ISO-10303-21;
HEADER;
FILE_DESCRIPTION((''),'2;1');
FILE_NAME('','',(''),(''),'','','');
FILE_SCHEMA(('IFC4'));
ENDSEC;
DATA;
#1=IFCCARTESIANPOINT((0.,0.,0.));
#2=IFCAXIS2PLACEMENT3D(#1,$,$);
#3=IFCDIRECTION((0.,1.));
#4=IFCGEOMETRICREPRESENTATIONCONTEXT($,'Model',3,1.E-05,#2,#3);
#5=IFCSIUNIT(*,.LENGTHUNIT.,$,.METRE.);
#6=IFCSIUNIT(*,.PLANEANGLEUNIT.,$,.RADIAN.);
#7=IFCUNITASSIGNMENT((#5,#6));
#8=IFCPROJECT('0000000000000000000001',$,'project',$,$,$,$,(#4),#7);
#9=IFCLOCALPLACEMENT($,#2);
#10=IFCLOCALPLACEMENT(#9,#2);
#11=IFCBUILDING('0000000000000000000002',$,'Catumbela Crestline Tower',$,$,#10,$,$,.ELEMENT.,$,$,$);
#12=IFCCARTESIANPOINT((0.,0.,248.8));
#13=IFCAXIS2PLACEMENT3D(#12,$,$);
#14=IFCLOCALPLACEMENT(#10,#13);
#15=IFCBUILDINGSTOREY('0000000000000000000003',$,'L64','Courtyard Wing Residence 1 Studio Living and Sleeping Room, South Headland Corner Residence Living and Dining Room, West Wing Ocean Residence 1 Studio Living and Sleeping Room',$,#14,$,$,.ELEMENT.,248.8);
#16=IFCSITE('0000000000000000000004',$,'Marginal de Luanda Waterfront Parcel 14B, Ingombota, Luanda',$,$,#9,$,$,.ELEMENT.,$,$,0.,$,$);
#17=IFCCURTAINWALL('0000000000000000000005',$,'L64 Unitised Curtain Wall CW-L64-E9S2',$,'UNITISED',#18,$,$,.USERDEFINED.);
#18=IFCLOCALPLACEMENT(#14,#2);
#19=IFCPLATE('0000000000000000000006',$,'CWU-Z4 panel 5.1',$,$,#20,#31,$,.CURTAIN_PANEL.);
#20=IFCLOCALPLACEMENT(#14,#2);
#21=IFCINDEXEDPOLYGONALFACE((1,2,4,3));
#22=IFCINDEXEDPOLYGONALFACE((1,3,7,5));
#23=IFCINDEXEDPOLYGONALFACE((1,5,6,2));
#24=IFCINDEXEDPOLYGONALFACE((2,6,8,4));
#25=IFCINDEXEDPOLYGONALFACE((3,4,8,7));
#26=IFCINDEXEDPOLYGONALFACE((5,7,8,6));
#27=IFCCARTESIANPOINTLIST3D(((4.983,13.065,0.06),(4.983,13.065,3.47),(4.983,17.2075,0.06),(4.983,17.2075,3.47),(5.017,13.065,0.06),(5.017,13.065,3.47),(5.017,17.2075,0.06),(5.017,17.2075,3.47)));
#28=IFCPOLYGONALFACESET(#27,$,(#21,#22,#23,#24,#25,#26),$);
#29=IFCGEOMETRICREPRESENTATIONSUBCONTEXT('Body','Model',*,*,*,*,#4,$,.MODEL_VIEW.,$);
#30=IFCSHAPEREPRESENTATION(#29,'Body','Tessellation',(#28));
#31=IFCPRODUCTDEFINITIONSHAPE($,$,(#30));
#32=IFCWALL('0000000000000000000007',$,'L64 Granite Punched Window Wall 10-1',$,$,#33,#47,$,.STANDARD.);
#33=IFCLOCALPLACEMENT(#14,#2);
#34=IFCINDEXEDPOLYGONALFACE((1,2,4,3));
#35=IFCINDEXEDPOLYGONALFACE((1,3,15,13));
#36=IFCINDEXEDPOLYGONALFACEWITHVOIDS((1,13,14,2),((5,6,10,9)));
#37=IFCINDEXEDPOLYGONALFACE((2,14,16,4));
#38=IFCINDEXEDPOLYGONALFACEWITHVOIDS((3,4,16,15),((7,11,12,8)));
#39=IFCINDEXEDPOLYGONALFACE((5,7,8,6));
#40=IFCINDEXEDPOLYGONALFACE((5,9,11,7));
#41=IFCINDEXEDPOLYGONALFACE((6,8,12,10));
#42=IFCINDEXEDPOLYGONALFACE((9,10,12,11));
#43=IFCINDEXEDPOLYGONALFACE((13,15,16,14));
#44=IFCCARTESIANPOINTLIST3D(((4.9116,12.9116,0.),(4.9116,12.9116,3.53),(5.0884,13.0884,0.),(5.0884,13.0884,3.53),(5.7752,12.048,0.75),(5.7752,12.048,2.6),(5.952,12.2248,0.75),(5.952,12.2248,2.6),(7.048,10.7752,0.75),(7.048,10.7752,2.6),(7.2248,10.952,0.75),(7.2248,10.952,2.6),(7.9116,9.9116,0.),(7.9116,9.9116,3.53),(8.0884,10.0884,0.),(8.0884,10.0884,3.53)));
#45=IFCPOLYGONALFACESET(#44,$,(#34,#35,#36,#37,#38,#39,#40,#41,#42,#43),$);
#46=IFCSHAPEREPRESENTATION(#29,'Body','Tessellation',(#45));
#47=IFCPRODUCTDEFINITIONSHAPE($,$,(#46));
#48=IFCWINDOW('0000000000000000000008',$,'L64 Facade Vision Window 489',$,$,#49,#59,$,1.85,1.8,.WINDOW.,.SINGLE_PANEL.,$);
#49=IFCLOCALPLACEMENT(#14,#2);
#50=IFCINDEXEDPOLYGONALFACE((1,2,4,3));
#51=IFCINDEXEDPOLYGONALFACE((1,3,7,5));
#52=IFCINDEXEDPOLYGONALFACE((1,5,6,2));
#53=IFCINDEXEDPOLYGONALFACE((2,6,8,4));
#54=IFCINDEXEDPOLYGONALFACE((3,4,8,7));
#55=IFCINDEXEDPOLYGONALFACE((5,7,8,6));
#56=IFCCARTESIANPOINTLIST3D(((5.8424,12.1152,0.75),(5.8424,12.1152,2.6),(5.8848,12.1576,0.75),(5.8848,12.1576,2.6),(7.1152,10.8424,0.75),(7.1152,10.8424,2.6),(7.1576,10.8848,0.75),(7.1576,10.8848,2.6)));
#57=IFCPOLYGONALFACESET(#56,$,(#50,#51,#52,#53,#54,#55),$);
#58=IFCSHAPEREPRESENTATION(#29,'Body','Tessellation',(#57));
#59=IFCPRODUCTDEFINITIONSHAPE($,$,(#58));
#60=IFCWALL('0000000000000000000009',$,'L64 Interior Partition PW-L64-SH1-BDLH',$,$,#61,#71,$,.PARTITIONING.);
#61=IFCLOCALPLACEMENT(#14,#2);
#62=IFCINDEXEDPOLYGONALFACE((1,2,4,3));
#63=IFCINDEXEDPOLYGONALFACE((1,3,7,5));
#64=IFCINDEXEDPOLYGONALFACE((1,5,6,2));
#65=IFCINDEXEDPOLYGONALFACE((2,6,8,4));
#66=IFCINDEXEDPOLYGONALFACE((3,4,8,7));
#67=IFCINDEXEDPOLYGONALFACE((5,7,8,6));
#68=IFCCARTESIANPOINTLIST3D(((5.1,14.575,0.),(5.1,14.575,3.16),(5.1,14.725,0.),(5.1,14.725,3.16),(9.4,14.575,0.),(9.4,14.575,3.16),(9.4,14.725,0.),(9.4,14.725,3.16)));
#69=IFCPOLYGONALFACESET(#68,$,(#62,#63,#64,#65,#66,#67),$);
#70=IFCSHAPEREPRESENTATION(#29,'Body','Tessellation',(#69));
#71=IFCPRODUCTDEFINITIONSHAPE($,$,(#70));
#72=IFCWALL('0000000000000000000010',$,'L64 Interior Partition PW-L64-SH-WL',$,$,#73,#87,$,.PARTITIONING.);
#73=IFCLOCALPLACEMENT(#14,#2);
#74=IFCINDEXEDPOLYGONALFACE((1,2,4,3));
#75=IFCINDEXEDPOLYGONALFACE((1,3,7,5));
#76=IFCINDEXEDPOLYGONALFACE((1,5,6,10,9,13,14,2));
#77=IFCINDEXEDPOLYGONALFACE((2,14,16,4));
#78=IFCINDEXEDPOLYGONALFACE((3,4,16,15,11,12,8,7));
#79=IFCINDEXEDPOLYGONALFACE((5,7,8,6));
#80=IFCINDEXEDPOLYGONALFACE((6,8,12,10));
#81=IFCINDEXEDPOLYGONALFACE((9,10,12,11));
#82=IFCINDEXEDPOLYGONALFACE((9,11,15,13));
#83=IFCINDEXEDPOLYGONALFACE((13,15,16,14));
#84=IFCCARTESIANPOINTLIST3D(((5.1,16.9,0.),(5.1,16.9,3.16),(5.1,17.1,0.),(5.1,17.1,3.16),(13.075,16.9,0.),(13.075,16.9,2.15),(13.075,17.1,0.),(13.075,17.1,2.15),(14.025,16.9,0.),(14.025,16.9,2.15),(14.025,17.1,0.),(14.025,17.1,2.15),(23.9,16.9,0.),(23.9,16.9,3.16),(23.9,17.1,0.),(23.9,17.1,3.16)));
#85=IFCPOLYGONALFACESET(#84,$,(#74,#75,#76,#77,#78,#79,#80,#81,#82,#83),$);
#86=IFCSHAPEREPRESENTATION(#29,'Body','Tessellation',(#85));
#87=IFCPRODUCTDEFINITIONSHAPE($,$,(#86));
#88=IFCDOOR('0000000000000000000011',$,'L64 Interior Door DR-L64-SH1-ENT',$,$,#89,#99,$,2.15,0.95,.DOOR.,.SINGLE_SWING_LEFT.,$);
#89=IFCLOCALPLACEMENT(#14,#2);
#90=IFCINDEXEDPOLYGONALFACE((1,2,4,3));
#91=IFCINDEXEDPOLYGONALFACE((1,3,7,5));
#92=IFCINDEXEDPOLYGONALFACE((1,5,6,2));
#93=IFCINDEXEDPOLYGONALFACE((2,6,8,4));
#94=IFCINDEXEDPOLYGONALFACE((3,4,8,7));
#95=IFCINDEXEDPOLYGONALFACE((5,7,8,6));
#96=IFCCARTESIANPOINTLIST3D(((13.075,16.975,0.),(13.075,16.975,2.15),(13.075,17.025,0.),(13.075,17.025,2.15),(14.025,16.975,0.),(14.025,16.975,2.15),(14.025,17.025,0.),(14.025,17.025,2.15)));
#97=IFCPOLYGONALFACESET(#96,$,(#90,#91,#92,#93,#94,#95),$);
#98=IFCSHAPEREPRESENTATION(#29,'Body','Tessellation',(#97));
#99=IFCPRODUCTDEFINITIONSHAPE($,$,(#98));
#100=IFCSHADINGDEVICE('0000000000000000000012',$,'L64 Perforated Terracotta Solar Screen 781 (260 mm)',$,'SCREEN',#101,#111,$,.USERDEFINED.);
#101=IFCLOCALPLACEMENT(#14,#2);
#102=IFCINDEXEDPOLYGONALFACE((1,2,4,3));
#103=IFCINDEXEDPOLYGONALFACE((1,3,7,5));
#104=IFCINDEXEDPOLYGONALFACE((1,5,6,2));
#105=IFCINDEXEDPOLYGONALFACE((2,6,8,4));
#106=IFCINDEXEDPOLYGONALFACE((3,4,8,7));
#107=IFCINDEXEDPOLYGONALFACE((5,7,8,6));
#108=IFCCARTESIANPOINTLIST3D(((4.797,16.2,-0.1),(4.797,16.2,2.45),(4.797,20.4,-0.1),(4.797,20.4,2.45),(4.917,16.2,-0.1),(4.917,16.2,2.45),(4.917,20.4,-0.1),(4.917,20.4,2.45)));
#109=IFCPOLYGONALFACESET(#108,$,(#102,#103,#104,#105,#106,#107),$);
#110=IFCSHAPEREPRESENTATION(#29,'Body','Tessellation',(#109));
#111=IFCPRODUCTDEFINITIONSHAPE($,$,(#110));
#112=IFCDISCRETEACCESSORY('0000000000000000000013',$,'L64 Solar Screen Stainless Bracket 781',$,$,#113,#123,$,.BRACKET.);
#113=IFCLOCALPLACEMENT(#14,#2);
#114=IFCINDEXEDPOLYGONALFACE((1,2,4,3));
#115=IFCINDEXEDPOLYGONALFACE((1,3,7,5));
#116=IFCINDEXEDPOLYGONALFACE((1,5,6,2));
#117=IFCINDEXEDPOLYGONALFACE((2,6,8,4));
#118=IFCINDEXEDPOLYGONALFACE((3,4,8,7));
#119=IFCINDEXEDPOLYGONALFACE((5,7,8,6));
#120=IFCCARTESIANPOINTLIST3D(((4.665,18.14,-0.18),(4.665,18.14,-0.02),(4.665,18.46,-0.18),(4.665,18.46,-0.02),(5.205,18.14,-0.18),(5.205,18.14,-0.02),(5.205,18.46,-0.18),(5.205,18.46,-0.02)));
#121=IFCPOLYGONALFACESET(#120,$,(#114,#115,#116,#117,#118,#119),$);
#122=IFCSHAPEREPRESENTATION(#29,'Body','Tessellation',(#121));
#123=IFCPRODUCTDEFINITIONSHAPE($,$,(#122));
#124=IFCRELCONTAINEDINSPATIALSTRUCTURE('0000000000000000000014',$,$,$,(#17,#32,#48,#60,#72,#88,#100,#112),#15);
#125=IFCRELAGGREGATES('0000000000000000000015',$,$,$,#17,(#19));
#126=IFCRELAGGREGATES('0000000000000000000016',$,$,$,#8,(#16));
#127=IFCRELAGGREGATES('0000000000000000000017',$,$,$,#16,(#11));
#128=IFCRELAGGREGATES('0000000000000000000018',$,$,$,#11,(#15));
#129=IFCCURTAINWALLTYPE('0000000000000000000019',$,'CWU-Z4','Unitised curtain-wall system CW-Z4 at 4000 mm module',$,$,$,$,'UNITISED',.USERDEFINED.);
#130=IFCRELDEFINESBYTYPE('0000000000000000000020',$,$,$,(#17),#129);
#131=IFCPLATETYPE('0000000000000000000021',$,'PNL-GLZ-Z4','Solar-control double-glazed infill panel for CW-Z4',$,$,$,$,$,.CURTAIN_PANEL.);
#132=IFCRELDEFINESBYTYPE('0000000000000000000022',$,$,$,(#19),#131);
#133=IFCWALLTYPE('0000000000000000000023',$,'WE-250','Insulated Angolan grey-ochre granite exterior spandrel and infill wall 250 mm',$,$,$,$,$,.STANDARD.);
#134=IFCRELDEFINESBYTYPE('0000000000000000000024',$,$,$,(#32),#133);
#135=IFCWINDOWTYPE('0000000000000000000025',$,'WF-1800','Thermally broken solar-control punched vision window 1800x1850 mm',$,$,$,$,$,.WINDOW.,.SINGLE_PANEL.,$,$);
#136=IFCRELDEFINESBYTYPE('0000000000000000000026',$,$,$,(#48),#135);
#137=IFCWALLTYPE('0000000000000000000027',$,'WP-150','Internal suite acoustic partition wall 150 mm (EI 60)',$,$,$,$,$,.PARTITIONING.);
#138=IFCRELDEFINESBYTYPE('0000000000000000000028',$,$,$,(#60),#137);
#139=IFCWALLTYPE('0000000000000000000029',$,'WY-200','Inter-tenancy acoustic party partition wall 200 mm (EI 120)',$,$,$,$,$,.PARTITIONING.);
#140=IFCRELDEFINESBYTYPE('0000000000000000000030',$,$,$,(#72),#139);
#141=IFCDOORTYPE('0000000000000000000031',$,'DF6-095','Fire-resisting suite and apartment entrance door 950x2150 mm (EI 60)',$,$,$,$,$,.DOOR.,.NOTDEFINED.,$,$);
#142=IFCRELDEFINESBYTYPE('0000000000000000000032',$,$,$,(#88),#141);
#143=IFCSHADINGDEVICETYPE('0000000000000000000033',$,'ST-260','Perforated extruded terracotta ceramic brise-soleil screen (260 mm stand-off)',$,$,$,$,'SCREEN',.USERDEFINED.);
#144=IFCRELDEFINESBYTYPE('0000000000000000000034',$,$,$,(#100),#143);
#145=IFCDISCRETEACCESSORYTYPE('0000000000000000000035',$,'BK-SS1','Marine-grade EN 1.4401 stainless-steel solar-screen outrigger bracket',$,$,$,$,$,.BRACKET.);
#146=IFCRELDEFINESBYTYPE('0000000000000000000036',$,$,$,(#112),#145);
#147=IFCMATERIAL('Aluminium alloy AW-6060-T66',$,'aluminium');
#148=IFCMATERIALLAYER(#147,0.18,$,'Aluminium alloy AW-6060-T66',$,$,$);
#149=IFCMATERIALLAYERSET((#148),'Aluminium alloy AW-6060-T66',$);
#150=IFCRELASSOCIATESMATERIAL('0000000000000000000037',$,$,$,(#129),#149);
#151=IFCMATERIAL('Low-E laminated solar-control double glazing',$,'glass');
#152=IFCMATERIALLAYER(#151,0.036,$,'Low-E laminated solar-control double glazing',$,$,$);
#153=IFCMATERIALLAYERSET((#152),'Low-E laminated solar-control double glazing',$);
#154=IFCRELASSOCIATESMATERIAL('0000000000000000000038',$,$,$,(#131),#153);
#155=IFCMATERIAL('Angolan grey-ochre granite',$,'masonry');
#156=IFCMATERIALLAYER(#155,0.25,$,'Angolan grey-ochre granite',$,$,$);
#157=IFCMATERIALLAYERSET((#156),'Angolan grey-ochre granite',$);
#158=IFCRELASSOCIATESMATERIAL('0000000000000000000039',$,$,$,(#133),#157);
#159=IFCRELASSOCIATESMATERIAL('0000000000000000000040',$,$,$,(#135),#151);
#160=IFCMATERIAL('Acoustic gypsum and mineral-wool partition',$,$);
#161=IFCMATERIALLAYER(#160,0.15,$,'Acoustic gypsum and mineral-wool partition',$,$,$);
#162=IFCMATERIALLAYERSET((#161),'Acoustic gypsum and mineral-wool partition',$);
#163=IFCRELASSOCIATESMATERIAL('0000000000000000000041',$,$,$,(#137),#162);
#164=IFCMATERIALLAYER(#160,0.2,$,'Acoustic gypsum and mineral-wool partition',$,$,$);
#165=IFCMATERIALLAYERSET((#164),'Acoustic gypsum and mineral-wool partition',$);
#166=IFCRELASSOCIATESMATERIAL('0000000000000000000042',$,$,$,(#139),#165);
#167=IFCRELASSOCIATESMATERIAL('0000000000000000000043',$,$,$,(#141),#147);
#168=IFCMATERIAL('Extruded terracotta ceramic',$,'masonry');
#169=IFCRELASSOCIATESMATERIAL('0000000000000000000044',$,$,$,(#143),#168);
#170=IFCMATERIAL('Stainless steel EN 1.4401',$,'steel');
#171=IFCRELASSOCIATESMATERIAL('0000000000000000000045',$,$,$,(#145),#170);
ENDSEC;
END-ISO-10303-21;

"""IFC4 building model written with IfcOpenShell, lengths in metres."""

from ifc_helpers import new_model, si_unit, direction, frame, frame_2d, origin, origin_2d, place, context, subcontext, project, spatial, rectangle, extrude, material, layer, layer_set, type_object, element, fill, aggregate, save


model = new_model("IFC4")

# Units and contexts
model_context = context("Model", 3, precision=1e-05, world=origin(), true_north=direction((0.0, 1.0)))
body_context = subcontext(model_context, "Body", "Model", "MODEL_VIEW")
ifc_project = project(units=[si_unit("LENGTHUNIT", "METRE"), si_unit("PLANEANGLEUNIT", "RADIAN")], contexts=[model_context])

# Site, building, storey
site_placement = place(None, origin())
site = spatial("IfcSite", under=ifc_project, at=site_placement, Name="Marginal de Luanda Waterfront Parcel 14B, Ingombota, Luanda", CompositionType="ELEMENT", RefElevation=0.0)
building_placement = place(site_placement, origin())
building = spatial("IfcBuilding", under=site, at=building_placement, Name="Catumbela Crestline Tower", CompositionType="ELEMENT")
storey_placement = place(building_placement, frame((0.0, 0.0, 248.8)))
storey = spatial("IfcBuildingStorey", under=building, at=storey_placement, Name="L64", Description="Courtyard Wing Residence 1 Studio Living and Sleeping Room, South Headland Corner Residence Living and Dining Room, West Wing Ocean Residence 1 Studio Living and Sleeping Room", CompositionType="ELEMENT", Elevation=248.8)

# Curtain wall, plate
ifc_material_1 = material(Name="Aluminium alloy AW-6060-T66", Category="aluminium")
ifc_layer_1 = layer(ifc_material_1, 0.18, Name="Aluminium alloy AW-6060-T66")
ifc_layer_set_1 = layer_set([ifc_layer_1], Name="Aluminium alloy AW-6060-T66")
curtain_wall_type = type_object("IfcCurtainWallType", Name="CWU-Z4", Description="Unitised curtain-wall system CW-Z4 at 4000 mm module", ElementType="UNITISED", PredefinedType="USERDEFINED", material=ifc_layer_set_1)
curtain_wall_placement = place(storey_placement, origin())
curtain_wall = element("IfcCurtainWall", 1, at=curtain_wall_placement, inside=storey, type_object=curtain_wall_type, Name="L64 Unitised Curtain Wall CW-L64-E9S2", ObjectType="UNITISED", PredefinedType="USERDEFINED")
ifc_material_2 = material(Name="Low-E laminated solar-control double glazing", Category="glass")
ifc_layer_2 = layer(ifc_material_2, 0.036, Name="Low-E laminated solar-control double glazing")
ifc_layer_set_2 = layer_set([ifc_layer_2], Name="Low-E laminated solar-control double glazing")
plate_type = type_object("IfcPlateType", Name="PNL-GLZ-Z4", Description="Solar-control double-glazed infill panel for CW-Z4", PredefinedType="CURTAIN_PANEL", material=ifc_layer_set_2)
plate_1_placement = place(storey_placement, frame((5.0, 15.1362, 0.06), z_axis=(0.0, 0.0, 1.0), x_axis=(0.0, -1.0, 0.0)))
plate_1 = element("IfcPlate", 2, at=plate_1_placement, type_object=plate_type, Name="CWU-Z4 panel 5.1", PredefinedType="CURTAIN_PANEL", context=body_context, shape_type="SweptSolid", body=[
    extrude(rectangle(XDim=4.1425, YDim=0.034, at=origin_2d()), origin(), (0.0, 0.0, 1.0), 3.41),
])
aggregate(curtain_wall, [plate_1])

# Wall, opening, window
ifc_material_3 = material(Name="Angolan grey-ochre granite", Category="masonry")
ifc_layer_3 = layer(ifc_material_3, 0.25, Name="Angolan grey-ochre granite")
ifc_layer_set_3 = layer_set([ifc_layer_3], Name="Angolan grey-ochre granite")
wall_type_1 = type_object("IfcWallType", Name="WE-250", Description="Insulated Angolan grey-ochre granite exterior spandrel and infill wall 250 mm", PredefinedType="STANDARD", material=ifc_layer_set_3)
wall_1_placement = place(storey_placement, frame((5.0, 13.0, 0.0), z_axis=(0.0, 0.0, 1.0), x_axis=(0.707107, -0.707107, 0.0)))
wall_1 = element("IfcWall", 3, at=wall_1_placement, inside=storey, type_object=wall_type_1, Name="L64 Granite Punched Window Wall 10-1", PredefinedType="STANDARD", context=body_context, shape_type="SweptSolid", body=[
    extrude(rectangle(XDim=4.2426, YDim=0.25, at=frame_2d((2.1213, 0.0))), origin(), (0.0, 0.0, 1.0), 3.53),
])
opening_1_placement = place(wall_1_placement, frame((1.2213, 0.0, 0.75)))
opening_1 = element("IfcOpeningElement", 4, at=opening_1_placement, cuts=wall_1, PredefinedType="OPENING", context=body_context, shape_type="SweptSolid", body=[
    extrude(rectangle(XDim=1.8, YDim=1.85, at=frame_2d((0.9, 0.925))), frame((0.0, 0.135, 0.0), z_axis=(0.0, -1.0, 0.0), x_axis=(1.0, 0.0, 0.0)), (0.0, 0.0, 1.0), 0.27),
])
window_type = type_object("IfcWindowType", Name="WF-1800", Description="Thermally broken solar-control punched vision window 1800x1850 mm", PartitioningType="SINGLE_PANEL", PredefinedType="WINDOW", material=ifc_material_2)
window_placement = place(opening_1_placement, origin())
window = element("IfcWindow", 5, at=window_placement, inside=storey, type_object=window_type, Name="L64 Facade Vision Window 489", OverallHeight=1.85, OverallWidth=1.8, PartitioningType="SINGLE_PANEL", PredefinedType="WINDOW", context=body_context, shape_type="SweptSolid", body=[
    extrude(rectangle(XDim=1.8, YDim=1.85, at=frame_2d((0.9, 0.925))), frame((0.0, 0.03, 0.0), z_axis=(0.0, -1.0, 0.0), x_axis=(1.0, 0.0, 0.0)), (0.0, 0.0, 1.0), 0.06),
])
fill(opening_1, window)

# Wall
ifc_material_4 = material(Name="Acoustic gypsum and mineral-wool partition")
ifc_layer_4 = layer(ifc_material_4, 0.15, Name="Acoustic gypsum and mineral-wool partition")
ifc_layer_set_4 = layer_set([ifc_layer_4], Name="Acoustic gypsum and mineral-wool partition")
wall_type_2 = type_object("IfcWallType", Name="WP-150", Description="Internal suite acoustic partition wall 150 mm (EI 60)", PredefinedType="PARTITIONING", material=ifc_layer_set_4)
wall_2_placement = place(storey_placement, frame((5.1, 14.65, 0.0), z_axis=(0.0, 0.0, 1.0), x_axis=(1.0, 0.0, 0.0)))
element("IfcWall", 6, at=wall_2_placement, inside=storey, type_object=wall_type_2, Name="L64 Interior Partition PW-L64-SH1-BDLH", PredefinedType="PARTITIONING", context=body_context, shape_type="SweptSolid", body=[
    extrude(rectangle(XDim=4.3, YDim=0.15, at=frame_2d((2.15, 0.0))), origin(), (0.0, 0.0, 1.0), 3.16),
])

# Wall, opening, door
ifc_layer_5 = layer(ifc_material_4, 0.2, Name="Acoustic gypsum and mineral-wool partition")
ifc_layer_set_5 = layer_set([ifc_layer_5], Name="Acoustic gypsum and mineral-wool partition")
wall_type_3 = type_object("IfcWallType", Name="WY-200", Description="Inter-tenancy acoustic party partition wall 200 mm (EI 120)", PredefinedType="PARTITIONING", material=ifc_layer_set_5)
wall_3_placement = place(storey_placement, frame((5.1, 17.0, 0.0), z_axis=(0.0, 0.0, 1.0), x_axis=(1.0, 0.0, 0.0)))
wall_3 = element("IfcWall", 7, at=wall_3_placement, inside=storey, type_object=wall_type_3, Name="L64 Interior Partition PW-L64-SH-WL", PredefinedType="PARTITIONING", context=body_context, shape_type="SweptSolid", body=[
    extrude(rectangle(XDim=18.8, YDim=0.2, at=frame_2d((9.4, 0.0))), origin(), (0.0, 0.0, 1.0), 3.16),
])
opening_2_placement = place(wall_3_placement, frame((7.975, 0.0, 0.0)))
opening_2 = element("IfcOpeningElement", 8, at=opening_2_placement, cuts=wall_3, PredefinedType="OPENING", context=body_context, shape_type="SweptSolid", body=[
    extrude(rectangle(XDim=0.95, YDim=2.15, at=frame_2d((0.475, 1.075))), frame((0.0, 0.11, 0.0), z_axis=(0.0, -1.0, 0.0), x_axis=(1.0, 0.0, 0.0)), (0.0, 0.0, 1.0), 0.22),
])
door_type = type_object("IfcDoorType", Name="DF6-095", Description="Fire-resisting suite and apartment entrance door 950x2150 mm (EI 60)", OperationType="NOTDEFINED", PredefinedType="DOOR", material=ifc_material_1)
door_placement = place(opening_2_placement, origin())
door = element("IfcDoor", 9, at=door_placement, inside=storey, type_object=door_type, Name="L64 Interior Door DR-L64-SH1-ENT", OperationType="SINGLE_SWING_LEFT", OverallHeight=2.15, OverallWidth=0.95, PredefinedType="DOOR", context=body_context, shape_type="SweptSolid", body=[
    extrude(rectangle(XDim=0.95, YDim=2.15, at=frame_2d((0.475, 1.075))), frame((0.0, 0.025, 0.0), z_axis=(0.0, -1.0, 0.0), x_axis=(1.0, 0.0, 0.0)), (0.0, 0.0, 1.0), 0.05),
])
fill(opening_2, door)

# Shading device
ifc_material_5 = material(Name="Extruded terracotta ceramic", Category="masonry")
shading_device_type = type_object("IfcShadingDeviceType", Name="ST-260", Description="Perforated extruded terracotta ceramic brise-soleil screen (260 mm stand-off)", ElementType="SCREEN", PredefinedType="USERDEFINED", material=ifc_material_5)
shading_device_placement = place(storey_placement, frame((4.857, 18.3, -0.1), z_axis=(0.0, 0.0, 1.0), x_axis=(0.0, -1.0, 0.0)))
element("IfcShadingDevice", 10, at=shading_device_placement, inside=storey, type_object=shading_device_type, Name="L64 Perforated Terracotta Solar Screen 781 (260 mm)", ObjectType="SCREEN", PredefinedType="USERDEFINED", context=body_context, shape_type="SweptSolid", body=[
    extrude(rectangle(XDim=4.2, YDim=0.12, at=origin_2d()), origin(), (0.0, 0.0, 1.0), 2.55),
])

# Discrete accessory
ifc_material_6 = material(Name="Stainless steel EN 1.4401", Category="steel")
discrete_accessory_type = type_object("IfcDiscreteAccessoryType", Name="BK-SS1", Description="Marine-grade EN 1.4401 stainless-steel solar-screen outrigger bracket", PredefinedType="BRACKET", material=ifc_material_6)
discrete_accessory_placement = place(storey_placement, frame((4.935, 18.3, -0.18), z_axis=(0.0, 0.0, 1.0), x_axis=(0.0, -1.0, 0.0)))
element("IfcDiscreteAccessory", 11, at=discrete_accessory_placement, inside=storey, type_object=discrete_accessory_type, Name="L64 Solar Screen Stainless Bracket 781", PredefinedType="BRACKET", context=body_context, shape_type="SweptSolid", body=[
    extrude(rectangle(XDim=0.32, YDim=0.54, at=origin_2d()), origin(), (0.0, 0.0, 1.0), 0.16),
])

save(model, "model.ifc")
